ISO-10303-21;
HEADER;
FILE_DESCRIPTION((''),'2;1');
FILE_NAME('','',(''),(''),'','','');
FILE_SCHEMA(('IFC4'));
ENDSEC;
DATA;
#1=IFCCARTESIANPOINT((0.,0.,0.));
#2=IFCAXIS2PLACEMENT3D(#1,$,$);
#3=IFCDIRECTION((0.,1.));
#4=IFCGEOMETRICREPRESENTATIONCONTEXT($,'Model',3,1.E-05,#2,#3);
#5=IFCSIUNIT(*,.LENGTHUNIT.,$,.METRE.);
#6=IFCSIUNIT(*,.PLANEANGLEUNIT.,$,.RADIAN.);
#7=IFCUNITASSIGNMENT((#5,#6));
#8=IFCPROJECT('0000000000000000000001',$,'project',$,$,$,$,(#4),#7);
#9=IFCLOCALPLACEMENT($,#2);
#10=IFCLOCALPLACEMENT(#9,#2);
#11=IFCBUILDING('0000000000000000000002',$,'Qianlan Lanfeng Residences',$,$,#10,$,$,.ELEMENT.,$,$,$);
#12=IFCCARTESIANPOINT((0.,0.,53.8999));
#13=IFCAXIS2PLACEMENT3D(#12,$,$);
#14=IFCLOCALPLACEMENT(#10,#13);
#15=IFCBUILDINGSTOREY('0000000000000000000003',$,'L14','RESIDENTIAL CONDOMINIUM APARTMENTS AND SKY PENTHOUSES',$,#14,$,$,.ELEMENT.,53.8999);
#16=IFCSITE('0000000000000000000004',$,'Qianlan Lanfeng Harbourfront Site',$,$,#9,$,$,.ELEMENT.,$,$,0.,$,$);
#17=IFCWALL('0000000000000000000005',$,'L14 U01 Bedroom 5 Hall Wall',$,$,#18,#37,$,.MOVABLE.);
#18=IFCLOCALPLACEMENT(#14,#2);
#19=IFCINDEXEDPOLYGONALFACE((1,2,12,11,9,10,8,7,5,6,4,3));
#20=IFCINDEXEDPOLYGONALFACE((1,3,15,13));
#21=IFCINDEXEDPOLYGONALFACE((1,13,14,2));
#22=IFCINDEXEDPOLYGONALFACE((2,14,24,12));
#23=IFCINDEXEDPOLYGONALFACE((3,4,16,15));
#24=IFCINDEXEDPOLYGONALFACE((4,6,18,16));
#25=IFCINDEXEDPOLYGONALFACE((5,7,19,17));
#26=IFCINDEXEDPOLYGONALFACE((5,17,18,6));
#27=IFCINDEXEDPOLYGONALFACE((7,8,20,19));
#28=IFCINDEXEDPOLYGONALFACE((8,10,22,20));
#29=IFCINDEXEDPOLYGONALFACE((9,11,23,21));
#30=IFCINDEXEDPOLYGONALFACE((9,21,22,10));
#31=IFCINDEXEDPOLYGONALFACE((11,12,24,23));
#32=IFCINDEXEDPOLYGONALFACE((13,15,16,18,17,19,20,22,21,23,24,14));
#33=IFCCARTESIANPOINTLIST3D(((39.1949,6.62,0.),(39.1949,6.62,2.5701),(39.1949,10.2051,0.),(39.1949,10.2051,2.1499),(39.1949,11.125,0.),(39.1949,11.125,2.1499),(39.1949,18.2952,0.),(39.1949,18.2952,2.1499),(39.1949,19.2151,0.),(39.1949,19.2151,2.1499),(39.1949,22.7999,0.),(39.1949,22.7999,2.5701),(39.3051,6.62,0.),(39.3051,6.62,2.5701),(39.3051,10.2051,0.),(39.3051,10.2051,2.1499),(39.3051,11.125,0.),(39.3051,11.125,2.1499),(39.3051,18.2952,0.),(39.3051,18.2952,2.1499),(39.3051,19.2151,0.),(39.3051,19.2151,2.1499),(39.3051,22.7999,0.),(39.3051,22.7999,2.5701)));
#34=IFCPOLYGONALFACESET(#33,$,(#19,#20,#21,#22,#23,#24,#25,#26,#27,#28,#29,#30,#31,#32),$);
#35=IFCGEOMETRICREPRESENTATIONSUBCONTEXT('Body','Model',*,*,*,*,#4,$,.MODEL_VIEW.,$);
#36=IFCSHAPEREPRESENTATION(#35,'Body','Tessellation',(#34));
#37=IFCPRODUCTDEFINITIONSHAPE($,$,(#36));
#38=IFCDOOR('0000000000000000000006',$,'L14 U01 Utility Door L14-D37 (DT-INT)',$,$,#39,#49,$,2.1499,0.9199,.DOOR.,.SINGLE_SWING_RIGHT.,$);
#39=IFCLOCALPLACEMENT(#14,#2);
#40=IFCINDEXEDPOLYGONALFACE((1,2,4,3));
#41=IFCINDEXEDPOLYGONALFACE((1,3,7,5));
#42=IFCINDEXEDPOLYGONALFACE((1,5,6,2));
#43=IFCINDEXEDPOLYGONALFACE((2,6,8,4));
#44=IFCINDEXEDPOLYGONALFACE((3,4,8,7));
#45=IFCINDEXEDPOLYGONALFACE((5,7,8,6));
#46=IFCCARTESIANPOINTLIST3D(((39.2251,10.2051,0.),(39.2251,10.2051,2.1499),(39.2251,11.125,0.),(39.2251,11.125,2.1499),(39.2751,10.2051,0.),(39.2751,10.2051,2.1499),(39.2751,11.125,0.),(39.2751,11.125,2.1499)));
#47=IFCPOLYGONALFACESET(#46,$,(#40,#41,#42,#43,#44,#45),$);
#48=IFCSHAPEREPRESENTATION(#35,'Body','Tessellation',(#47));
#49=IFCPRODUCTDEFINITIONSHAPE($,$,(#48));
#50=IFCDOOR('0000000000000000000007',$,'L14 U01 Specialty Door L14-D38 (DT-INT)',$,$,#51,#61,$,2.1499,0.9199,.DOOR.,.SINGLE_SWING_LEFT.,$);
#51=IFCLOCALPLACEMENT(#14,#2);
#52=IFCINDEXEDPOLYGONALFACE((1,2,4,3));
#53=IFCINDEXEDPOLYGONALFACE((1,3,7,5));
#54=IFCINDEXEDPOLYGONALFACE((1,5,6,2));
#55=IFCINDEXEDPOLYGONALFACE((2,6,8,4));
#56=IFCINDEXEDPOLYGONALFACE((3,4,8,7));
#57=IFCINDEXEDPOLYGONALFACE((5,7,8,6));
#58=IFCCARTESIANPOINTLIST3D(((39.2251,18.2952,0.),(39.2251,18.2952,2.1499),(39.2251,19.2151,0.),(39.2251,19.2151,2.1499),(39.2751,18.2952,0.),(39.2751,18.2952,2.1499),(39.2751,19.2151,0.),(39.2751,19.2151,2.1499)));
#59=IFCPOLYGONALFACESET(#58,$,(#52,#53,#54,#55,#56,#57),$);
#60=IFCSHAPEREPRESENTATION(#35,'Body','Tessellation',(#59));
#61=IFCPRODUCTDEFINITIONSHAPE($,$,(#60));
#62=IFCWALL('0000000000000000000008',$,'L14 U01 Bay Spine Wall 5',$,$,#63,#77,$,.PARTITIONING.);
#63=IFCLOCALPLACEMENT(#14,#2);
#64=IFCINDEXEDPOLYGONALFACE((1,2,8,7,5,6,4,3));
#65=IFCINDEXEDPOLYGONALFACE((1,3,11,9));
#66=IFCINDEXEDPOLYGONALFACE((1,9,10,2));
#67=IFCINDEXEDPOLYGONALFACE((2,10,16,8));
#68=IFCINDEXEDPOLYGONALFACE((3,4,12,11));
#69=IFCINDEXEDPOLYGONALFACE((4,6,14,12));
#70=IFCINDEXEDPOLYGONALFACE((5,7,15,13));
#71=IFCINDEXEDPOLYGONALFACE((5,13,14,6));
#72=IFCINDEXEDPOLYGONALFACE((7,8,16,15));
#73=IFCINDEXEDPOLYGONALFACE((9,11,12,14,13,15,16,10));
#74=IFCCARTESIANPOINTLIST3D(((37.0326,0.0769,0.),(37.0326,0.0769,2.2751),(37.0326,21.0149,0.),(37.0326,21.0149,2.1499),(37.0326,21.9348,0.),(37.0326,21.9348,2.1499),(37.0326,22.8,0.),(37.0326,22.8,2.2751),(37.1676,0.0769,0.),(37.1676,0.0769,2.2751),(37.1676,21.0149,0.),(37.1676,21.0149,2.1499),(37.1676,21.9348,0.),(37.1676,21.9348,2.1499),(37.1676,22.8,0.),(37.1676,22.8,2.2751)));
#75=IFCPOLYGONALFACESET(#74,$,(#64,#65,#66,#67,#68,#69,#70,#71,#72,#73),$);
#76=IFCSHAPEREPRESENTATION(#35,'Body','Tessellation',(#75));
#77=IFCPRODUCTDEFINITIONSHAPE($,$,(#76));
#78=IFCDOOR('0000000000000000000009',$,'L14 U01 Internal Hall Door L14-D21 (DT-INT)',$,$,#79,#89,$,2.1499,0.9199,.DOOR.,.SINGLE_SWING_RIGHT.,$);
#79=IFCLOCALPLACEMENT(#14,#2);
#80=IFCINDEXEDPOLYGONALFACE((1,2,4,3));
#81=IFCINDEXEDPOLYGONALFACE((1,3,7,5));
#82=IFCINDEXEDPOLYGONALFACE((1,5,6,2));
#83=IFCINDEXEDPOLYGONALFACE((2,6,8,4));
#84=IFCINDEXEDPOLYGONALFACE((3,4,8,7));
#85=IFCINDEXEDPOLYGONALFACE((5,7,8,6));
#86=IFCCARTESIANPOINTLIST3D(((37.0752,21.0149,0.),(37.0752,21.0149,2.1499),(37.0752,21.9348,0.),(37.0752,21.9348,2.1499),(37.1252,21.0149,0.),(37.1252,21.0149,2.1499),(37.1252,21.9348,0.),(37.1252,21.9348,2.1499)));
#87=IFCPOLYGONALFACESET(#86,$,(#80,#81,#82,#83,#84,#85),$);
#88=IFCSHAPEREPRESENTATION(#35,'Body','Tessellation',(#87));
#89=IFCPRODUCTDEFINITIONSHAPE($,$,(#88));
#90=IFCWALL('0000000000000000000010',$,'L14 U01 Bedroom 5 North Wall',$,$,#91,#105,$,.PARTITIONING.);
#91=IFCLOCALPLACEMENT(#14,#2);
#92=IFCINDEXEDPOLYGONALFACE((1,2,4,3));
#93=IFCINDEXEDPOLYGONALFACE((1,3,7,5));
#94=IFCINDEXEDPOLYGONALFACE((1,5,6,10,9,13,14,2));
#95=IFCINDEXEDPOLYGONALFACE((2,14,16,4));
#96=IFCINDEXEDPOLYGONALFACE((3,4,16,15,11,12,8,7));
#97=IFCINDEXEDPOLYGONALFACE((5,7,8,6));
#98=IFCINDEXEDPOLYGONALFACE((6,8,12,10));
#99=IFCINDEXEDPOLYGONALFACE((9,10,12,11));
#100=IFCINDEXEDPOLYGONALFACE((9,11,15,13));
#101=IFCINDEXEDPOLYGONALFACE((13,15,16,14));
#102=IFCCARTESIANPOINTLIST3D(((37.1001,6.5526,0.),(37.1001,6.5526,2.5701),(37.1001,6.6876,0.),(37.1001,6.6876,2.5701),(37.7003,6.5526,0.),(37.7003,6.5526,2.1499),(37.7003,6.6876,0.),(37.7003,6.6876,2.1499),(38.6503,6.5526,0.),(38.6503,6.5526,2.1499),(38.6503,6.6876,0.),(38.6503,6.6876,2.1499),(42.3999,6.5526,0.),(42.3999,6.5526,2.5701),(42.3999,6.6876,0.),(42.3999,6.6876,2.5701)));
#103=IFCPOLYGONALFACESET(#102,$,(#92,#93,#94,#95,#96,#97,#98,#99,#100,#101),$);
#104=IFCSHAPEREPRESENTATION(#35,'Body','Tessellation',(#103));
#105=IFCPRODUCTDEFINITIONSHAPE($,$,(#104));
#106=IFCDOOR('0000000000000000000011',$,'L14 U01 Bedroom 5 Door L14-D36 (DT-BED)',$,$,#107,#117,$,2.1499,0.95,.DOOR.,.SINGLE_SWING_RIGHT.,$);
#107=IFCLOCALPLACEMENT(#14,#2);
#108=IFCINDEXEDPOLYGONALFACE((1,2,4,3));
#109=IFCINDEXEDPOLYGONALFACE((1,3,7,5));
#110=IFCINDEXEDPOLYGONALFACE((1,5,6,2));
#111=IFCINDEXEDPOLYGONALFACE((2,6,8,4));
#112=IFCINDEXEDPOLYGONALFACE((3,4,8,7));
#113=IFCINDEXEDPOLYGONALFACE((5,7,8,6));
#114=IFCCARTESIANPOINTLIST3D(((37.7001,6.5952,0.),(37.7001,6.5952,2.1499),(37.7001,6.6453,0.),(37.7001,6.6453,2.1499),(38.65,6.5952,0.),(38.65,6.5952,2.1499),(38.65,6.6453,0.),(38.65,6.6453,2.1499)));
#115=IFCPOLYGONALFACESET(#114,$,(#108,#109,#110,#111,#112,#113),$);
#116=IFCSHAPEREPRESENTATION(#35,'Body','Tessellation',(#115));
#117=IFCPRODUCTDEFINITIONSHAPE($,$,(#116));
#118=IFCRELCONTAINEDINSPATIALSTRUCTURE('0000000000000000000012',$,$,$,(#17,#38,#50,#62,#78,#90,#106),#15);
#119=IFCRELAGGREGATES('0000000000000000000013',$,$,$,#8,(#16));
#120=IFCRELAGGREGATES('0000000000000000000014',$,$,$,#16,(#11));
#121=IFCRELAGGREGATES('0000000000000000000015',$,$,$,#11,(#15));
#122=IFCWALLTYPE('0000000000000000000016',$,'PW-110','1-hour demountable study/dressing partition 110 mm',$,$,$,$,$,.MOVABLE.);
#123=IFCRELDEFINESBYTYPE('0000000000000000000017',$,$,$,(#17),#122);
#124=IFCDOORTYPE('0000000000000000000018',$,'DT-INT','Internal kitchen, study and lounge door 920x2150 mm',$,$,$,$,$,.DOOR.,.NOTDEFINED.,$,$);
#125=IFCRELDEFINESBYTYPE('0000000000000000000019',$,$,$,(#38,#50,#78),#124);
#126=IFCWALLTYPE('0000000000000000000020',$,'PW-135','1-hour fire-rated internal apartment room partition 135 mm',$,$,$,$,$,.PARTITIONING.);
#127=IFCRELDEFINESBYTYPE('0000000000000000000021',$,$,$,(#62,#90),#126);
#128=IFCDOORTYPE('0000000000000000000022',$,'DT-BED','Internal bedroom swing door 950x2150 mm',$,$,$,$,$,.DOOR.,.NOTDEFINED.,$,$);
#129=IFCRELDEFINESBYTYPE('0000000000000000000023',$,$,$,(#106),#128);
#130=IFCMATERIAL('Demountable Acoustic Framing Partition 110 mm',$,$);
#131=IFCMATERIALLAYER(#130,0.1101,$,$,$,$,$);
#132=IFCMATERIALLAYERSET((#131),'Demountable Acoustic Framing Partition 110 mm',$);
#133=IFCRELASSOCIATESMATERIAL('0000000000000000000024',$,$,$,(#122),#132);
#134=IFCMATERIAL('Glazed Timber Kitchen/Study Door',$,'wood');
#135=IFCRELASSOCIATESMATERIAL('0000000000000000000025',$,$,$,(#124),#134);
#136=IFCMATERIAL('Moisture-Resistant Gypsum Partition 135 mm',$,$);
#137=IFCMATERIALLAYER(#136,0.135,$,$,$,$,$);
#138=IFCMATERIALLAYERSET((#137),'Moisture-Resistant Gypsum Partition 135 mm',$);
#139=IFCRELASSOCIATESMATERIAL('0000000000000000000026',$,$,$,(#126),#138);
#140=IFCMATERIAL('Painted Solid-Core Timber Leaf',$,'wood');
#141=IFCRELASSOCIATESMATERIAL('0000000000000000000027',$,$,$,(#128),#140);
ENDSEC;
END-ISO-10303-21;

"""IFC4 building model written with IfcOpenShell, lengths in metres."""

from ifc_helpers import new_model, si_unit, direction, frame, frame_2d, origin, place, context, subcontext, project, spatial, rectangle, extrude, material, layer, layer_set, type_object, element, fill, save


model = new_model("IFC4")

# Units and contexts
model_context = context("Model", 3, precision=1e-05, world=origin(), true_north=direction((0.0, 1.0)))
body_context = subcontext(model_context, "Body", "Model", "MODEL_VIEW")
ifc_project = project(units=[si_unit("LENGTHUNIT", "METRE"), si_unit("PLANEANGLEUNIT", "RADIAN")], contexts=[model_context])

# Site, building, storey
site_placement = place(None, origin())
site = spatial("IfcSite", under=ifc_project, at=site_placement, Name="Qianlan Lanfeng Harbourfront Site", CompositionType="ELEMENT", RefElevation=0.0)
building_placement = place(site_placement, origin())
building = spatial("IfcBuilding", under=site, at=building_placement, Name="Qianlan Lanfeng Residences", CompositionType="ELEMENT")
storey_placement = place(building_placement, frame((0.0, 0.0, 53.8999)))
storey = spatial("IfcBuildingStorey", under=building, at=storey_placement, Name="L14", Description="RESIDENTIAL CONDOMINIUM APARTMENTS AND SKY PENTHOUSES", CompositionType="ELEMENT", Elevation=53.8999)

# Shared definitions
ifc_material_1 = material(Name="Demountable Acoustic Framing Partition 110 mm")
ifc_layer_1 = layer(ifc_material_1, 0.1101)
ifc_layer_set_1 = layer_set([ifc_layer_1], Name="Demountable Acoustic Framing Partition 110 mm")
wall_type_1 = type_object("IfcWallType", Name="PW-110", Description="1-hour demountable study/dressing partition 110 mm", PredefinedType="MOVABLE", material=ifc_layer_set_1)
ifc_material_2 = material(Name="Glazed Timber Kitchen/Study Door", Category="wood")
door_type_1 = type_object("IfcDoorType", Name="DT-INT", Description="Internal kitchen, study and lounge door 920x2150 mm", OperationType="NOTDEFINED", PredefinedType="DOOR", material=ifc_material_2)

# Wall, openings, doors
wall_1_placement = place(storey_placement, frame((39.25, 6.6201, 0.0), z_axis=(0.0, 0.0, 1.0), x_axis=(0.0, 1.0, 0.0)))
wall_1 = element("IfcWall", 1, at=wall_1_placement, inside=storey, type_object=wall_type_1, Name="L14 U01 Bedroom 5 Hall Wall", PredefinedType="MOVABLE", context=body_context, shape_type="SweptSolid", body=[
    extrude(rectangle(XDim=16.1799, YDim=0.1101, at=frame_2d((8.0898, 0.0))), origin(), (0.0, 0.0, 1.0), 2.5701),
])
opening_1_placement = place(wall_1_placement, frame((3.585, 0.0, 0.0)))
opening_1 = element("IfcOpeningElement", 2, at=opening_1_placement, cuts=wall_1, PredefinedType="OPENING", context=body_context, shape_type="SweptSolid", body=[
    extrude(rectangle(XDim=0.9199, YDim=2.1499, at=frame_2d((0.46, 1.075))), frame((0.0, 0.0649, 0.0), z_axis=(0.0, -1.0, 0.0), x_axis=(1.0, 0.0, 0.0)), (0.0, 0.0, 1.0), 0.1301),
])
opening_2_placement = place(wall_1_placement, frame((11.675, 0.0, 0.0)))
opening_2 = element("IfcOpeningElement", 3, at=opening_2_placement, cuts=wall_1, PredefinedType="OPENING", context=body_context, shape_type="SweptSolid", body=[
    extrude(rectangle(XDim=0.9199, YDim=2.1499, at=frame_2d((0.46, 1.075))), frame((0.0, 0.0649, 0.0), z_axis=(0.0, -1.0, 0.0), x_axis=(1.0, 0.0, 0.0)), (0.0, 0.0, 1.0), 0.1301),
])
door_1_placement = place(opening_1_placement, origin())
door_1 = element("IfcDoor", 4, at=door_1_placement, inside=storey, type_object=door_type_1, Name="L14 U01 Utility Door L14-D37 (DT-INT)", OperationType="SINGLE_SWING_RIGHT", OverallHeight=2.1499, OverallWidth=0.9199, PredefinedType="DOOR", context=body_context, shape_type="SweptSolid", body=[
    extrude(rectangle(XDim=0.9199, YDim=2.1499, at=frame_2d((0.46, 1.075))), frame((0.0, 0.0249, 0.0), z_axis=(0.0, -1.0, 0.0), x_axis=(1.0, 0.0, 0.0)), (0.0, 0.0, 1.0), 0.05),
])
fill(opening_1, door_1)
door_2_placement = place(opening_2_placement, origin())
door_2 = element("IfcDoor", 5, at=door_2_placement, inside=storey, type_object=door_type_1, Name="L14 U01 Specialty Door L14-D38 (DT-INT)", OperationType="SINGLE_SWING_LEFT", OverallHeight=2.1499, OverallWidth=0.9199, PredefinedType="DOOR", context=body_context, shape_type="SweptSolid", body=[
    extrude(rectangle(XDim=0.9199, YDim=2.1499, at=frame_2d((0.46, 1.075))), frame((0.0, 0.0249, 0.0), z_axis=(0.0, -1.0, 0.0), x_axis=(1.0, 0.0, 0.0)), (0.0, 0.0, 1.0), 0.05),
])
fill(opening_2, door_2)

# Walls, openings, doors
ifc_material_3 = material(Name="Moisture-Resistant Gypsum Partition 135 mm")
ifc_layer_2 = layer(ifc_material_3, 0.135)
ifc_layer_set_2 = layer_set([ifc_layer_2], Name="Moisture-Resistant Gypsum Partition 135 mm")
wall_type_2 = type_object("IfcWallType", Name="PW-135", Description="1-hour fire-rated internal apartment room partition 135 mm", PredefinedType="PARTITIONING", material=ifc_layer_set_2)
wall_2_placement = place(storey_placement, frame((37.1001, 0.0769, 0.0), z_axis=(0.0, 0.0, 1.0), x_axis=(0.0, 1.0, 0.0)))
wall_2 = element("IfcWall", 6, at=wall_2_placement, inside=storey, type_object=wall_type_2, Name="L14 U01 Bay Spine Wall 5", PredefinedType="PARTITIONING", context=body_context, shape_type="SweptSolid", body=[
    extrude(rectangle(XDim=22.7231, YDim=0.135, at=frame_2d((11.3616, 0.0))), origin(), (0.0, 0.0, 1.0), 2.2751),
])
opening_3_placement = place(wall_2_placement, frame((20.938, 0.0, 0.0)))
opening_3 = element("IfcOpeningElement", 7, at=opening_3_placement, cuts=wall_2, PredefinedType="OPENING", context=body_context, shape_type="SweptSolid", body=[
    extrude(rectangle(XDim=0.9199, YDim=2.1499, at=frame_2d((0.46, 1.075))), frame((0.0, 0.0776, 0.0), z_axis=(0.0, -1.0, 0.0), x_axis=(1.0, 0.0, 0.0)), (0.0, 0.0, 1.0), 0.155),
])
door_3_placement = place(opening_3_placement, origin())
door_3 = element("IfcDoor", 8, at=door_3_placement, inside=storey, type_object=door_type_1, Name="L14 U01 Internal Hall Door L14-D21 (DT-INT)", OperationType="SINGLE_SWING_RIGHT", OverallHeight=2.1499, OverallWidth=0.9199, PredefinedType="DOOR", context=body_context, shape_type="SweptSolid", body=[
    extrude(rectangle(XDim=0.9199, YDim=2.1499, at=frame_2d((0.46, 1.075))), frame((0.0, 0.0249, 0.0), z_axis=(0.0, -1.0, 0.0), x_axis=(1.0, 0.0, 0.0)), (0.0, 0.0, 1.0), 0.05),
])
fill(opening_3, door_3)
wall_3_placement = place(storey_placement, frame((37.1001, 6.6201, 0.0), z_axis=(0.0, 0.0, 1.0), x_axis=(1.0, 0.0, 0.0)))
wall_3 = element("IfcWall", 9, at=wall_3_placement, inside=storey, type_object=wall_type_2, Name="L14 U01 Bedroom 5 North Wall", PredefinedType="PARTITIONING", context=body_context, shape_type="SweptSolid", body=[
    extrude(rectangle(XDim=5.2998, YDim=0.135, at=frame_2d((2.6499, 0.0))), origin(), (0.0, 0.0, 1.0), 2.5701),
])
opening_4_placement = place(wall_3_placement, frame((0.6001, 0.0, 0.0)))
opening_4 = element("IfcOpeningElement", 10, at=opening_4_placement, cuts=wall_3, PredefinedType="OPENING", context=body_context, shape_type="SweptSolid", body=[
    extrude(rectangle(XDim=0.95, YDim=2.1499, at=frame_2d((0.4751, 1.075))), frame((0.0, 0.0776, 0.0), z_axis=(0.0, -1.0, 0.0), x_axis=(1.0, 0.0, 0.0)), (0.0, 0.0, 1.0), 0.155),
])
ifc_material_4 = material(Name="Painted Solid-Core Timber Leaf", Category="wood")
door_type_2 = type_object("IfcDoorType", Name="DT-BED", Description="Internal bedroom swing door 950x2150 mm", OperationType="NOTDEFINED", PredefinedType="DOOR", material=ifc_material_4)
door_4_placement = place(opening_4_placement, frame((0.95, 0.0, 0.0), z_axis=(0.0, 0.0, 1.0), x_axis=(-1.0, 0.0, 0.0)))
door_4 = element("IfcDoor", 11, at=door_4_placement, inside=storey, type_object=door_type_2, Name="L14 U01 Bedroom 5 Door L14-D36 (DT-BED)", OperationType="SINGLE_SWING_RIGHT", OverallHeight=2.1499, OverallWidth=0.95, PredefinedType="DOOR", context=body_context, shape_type="SweptSolid", body=[
    extrude(rectangle(XDim=0.95, YDim=2.1499, at=frame_2d((0.4751, 1.075))), frame((0.0, 0.0249, 0.0), z_axis=(0.0, -1.0, 0.0), x_axis=(1.0, 0.0, 0.0)), (0.0, 0.0, 1.0), 0.05),
])
fill(opening_4, door_4)

save(model, "model.ifc")
